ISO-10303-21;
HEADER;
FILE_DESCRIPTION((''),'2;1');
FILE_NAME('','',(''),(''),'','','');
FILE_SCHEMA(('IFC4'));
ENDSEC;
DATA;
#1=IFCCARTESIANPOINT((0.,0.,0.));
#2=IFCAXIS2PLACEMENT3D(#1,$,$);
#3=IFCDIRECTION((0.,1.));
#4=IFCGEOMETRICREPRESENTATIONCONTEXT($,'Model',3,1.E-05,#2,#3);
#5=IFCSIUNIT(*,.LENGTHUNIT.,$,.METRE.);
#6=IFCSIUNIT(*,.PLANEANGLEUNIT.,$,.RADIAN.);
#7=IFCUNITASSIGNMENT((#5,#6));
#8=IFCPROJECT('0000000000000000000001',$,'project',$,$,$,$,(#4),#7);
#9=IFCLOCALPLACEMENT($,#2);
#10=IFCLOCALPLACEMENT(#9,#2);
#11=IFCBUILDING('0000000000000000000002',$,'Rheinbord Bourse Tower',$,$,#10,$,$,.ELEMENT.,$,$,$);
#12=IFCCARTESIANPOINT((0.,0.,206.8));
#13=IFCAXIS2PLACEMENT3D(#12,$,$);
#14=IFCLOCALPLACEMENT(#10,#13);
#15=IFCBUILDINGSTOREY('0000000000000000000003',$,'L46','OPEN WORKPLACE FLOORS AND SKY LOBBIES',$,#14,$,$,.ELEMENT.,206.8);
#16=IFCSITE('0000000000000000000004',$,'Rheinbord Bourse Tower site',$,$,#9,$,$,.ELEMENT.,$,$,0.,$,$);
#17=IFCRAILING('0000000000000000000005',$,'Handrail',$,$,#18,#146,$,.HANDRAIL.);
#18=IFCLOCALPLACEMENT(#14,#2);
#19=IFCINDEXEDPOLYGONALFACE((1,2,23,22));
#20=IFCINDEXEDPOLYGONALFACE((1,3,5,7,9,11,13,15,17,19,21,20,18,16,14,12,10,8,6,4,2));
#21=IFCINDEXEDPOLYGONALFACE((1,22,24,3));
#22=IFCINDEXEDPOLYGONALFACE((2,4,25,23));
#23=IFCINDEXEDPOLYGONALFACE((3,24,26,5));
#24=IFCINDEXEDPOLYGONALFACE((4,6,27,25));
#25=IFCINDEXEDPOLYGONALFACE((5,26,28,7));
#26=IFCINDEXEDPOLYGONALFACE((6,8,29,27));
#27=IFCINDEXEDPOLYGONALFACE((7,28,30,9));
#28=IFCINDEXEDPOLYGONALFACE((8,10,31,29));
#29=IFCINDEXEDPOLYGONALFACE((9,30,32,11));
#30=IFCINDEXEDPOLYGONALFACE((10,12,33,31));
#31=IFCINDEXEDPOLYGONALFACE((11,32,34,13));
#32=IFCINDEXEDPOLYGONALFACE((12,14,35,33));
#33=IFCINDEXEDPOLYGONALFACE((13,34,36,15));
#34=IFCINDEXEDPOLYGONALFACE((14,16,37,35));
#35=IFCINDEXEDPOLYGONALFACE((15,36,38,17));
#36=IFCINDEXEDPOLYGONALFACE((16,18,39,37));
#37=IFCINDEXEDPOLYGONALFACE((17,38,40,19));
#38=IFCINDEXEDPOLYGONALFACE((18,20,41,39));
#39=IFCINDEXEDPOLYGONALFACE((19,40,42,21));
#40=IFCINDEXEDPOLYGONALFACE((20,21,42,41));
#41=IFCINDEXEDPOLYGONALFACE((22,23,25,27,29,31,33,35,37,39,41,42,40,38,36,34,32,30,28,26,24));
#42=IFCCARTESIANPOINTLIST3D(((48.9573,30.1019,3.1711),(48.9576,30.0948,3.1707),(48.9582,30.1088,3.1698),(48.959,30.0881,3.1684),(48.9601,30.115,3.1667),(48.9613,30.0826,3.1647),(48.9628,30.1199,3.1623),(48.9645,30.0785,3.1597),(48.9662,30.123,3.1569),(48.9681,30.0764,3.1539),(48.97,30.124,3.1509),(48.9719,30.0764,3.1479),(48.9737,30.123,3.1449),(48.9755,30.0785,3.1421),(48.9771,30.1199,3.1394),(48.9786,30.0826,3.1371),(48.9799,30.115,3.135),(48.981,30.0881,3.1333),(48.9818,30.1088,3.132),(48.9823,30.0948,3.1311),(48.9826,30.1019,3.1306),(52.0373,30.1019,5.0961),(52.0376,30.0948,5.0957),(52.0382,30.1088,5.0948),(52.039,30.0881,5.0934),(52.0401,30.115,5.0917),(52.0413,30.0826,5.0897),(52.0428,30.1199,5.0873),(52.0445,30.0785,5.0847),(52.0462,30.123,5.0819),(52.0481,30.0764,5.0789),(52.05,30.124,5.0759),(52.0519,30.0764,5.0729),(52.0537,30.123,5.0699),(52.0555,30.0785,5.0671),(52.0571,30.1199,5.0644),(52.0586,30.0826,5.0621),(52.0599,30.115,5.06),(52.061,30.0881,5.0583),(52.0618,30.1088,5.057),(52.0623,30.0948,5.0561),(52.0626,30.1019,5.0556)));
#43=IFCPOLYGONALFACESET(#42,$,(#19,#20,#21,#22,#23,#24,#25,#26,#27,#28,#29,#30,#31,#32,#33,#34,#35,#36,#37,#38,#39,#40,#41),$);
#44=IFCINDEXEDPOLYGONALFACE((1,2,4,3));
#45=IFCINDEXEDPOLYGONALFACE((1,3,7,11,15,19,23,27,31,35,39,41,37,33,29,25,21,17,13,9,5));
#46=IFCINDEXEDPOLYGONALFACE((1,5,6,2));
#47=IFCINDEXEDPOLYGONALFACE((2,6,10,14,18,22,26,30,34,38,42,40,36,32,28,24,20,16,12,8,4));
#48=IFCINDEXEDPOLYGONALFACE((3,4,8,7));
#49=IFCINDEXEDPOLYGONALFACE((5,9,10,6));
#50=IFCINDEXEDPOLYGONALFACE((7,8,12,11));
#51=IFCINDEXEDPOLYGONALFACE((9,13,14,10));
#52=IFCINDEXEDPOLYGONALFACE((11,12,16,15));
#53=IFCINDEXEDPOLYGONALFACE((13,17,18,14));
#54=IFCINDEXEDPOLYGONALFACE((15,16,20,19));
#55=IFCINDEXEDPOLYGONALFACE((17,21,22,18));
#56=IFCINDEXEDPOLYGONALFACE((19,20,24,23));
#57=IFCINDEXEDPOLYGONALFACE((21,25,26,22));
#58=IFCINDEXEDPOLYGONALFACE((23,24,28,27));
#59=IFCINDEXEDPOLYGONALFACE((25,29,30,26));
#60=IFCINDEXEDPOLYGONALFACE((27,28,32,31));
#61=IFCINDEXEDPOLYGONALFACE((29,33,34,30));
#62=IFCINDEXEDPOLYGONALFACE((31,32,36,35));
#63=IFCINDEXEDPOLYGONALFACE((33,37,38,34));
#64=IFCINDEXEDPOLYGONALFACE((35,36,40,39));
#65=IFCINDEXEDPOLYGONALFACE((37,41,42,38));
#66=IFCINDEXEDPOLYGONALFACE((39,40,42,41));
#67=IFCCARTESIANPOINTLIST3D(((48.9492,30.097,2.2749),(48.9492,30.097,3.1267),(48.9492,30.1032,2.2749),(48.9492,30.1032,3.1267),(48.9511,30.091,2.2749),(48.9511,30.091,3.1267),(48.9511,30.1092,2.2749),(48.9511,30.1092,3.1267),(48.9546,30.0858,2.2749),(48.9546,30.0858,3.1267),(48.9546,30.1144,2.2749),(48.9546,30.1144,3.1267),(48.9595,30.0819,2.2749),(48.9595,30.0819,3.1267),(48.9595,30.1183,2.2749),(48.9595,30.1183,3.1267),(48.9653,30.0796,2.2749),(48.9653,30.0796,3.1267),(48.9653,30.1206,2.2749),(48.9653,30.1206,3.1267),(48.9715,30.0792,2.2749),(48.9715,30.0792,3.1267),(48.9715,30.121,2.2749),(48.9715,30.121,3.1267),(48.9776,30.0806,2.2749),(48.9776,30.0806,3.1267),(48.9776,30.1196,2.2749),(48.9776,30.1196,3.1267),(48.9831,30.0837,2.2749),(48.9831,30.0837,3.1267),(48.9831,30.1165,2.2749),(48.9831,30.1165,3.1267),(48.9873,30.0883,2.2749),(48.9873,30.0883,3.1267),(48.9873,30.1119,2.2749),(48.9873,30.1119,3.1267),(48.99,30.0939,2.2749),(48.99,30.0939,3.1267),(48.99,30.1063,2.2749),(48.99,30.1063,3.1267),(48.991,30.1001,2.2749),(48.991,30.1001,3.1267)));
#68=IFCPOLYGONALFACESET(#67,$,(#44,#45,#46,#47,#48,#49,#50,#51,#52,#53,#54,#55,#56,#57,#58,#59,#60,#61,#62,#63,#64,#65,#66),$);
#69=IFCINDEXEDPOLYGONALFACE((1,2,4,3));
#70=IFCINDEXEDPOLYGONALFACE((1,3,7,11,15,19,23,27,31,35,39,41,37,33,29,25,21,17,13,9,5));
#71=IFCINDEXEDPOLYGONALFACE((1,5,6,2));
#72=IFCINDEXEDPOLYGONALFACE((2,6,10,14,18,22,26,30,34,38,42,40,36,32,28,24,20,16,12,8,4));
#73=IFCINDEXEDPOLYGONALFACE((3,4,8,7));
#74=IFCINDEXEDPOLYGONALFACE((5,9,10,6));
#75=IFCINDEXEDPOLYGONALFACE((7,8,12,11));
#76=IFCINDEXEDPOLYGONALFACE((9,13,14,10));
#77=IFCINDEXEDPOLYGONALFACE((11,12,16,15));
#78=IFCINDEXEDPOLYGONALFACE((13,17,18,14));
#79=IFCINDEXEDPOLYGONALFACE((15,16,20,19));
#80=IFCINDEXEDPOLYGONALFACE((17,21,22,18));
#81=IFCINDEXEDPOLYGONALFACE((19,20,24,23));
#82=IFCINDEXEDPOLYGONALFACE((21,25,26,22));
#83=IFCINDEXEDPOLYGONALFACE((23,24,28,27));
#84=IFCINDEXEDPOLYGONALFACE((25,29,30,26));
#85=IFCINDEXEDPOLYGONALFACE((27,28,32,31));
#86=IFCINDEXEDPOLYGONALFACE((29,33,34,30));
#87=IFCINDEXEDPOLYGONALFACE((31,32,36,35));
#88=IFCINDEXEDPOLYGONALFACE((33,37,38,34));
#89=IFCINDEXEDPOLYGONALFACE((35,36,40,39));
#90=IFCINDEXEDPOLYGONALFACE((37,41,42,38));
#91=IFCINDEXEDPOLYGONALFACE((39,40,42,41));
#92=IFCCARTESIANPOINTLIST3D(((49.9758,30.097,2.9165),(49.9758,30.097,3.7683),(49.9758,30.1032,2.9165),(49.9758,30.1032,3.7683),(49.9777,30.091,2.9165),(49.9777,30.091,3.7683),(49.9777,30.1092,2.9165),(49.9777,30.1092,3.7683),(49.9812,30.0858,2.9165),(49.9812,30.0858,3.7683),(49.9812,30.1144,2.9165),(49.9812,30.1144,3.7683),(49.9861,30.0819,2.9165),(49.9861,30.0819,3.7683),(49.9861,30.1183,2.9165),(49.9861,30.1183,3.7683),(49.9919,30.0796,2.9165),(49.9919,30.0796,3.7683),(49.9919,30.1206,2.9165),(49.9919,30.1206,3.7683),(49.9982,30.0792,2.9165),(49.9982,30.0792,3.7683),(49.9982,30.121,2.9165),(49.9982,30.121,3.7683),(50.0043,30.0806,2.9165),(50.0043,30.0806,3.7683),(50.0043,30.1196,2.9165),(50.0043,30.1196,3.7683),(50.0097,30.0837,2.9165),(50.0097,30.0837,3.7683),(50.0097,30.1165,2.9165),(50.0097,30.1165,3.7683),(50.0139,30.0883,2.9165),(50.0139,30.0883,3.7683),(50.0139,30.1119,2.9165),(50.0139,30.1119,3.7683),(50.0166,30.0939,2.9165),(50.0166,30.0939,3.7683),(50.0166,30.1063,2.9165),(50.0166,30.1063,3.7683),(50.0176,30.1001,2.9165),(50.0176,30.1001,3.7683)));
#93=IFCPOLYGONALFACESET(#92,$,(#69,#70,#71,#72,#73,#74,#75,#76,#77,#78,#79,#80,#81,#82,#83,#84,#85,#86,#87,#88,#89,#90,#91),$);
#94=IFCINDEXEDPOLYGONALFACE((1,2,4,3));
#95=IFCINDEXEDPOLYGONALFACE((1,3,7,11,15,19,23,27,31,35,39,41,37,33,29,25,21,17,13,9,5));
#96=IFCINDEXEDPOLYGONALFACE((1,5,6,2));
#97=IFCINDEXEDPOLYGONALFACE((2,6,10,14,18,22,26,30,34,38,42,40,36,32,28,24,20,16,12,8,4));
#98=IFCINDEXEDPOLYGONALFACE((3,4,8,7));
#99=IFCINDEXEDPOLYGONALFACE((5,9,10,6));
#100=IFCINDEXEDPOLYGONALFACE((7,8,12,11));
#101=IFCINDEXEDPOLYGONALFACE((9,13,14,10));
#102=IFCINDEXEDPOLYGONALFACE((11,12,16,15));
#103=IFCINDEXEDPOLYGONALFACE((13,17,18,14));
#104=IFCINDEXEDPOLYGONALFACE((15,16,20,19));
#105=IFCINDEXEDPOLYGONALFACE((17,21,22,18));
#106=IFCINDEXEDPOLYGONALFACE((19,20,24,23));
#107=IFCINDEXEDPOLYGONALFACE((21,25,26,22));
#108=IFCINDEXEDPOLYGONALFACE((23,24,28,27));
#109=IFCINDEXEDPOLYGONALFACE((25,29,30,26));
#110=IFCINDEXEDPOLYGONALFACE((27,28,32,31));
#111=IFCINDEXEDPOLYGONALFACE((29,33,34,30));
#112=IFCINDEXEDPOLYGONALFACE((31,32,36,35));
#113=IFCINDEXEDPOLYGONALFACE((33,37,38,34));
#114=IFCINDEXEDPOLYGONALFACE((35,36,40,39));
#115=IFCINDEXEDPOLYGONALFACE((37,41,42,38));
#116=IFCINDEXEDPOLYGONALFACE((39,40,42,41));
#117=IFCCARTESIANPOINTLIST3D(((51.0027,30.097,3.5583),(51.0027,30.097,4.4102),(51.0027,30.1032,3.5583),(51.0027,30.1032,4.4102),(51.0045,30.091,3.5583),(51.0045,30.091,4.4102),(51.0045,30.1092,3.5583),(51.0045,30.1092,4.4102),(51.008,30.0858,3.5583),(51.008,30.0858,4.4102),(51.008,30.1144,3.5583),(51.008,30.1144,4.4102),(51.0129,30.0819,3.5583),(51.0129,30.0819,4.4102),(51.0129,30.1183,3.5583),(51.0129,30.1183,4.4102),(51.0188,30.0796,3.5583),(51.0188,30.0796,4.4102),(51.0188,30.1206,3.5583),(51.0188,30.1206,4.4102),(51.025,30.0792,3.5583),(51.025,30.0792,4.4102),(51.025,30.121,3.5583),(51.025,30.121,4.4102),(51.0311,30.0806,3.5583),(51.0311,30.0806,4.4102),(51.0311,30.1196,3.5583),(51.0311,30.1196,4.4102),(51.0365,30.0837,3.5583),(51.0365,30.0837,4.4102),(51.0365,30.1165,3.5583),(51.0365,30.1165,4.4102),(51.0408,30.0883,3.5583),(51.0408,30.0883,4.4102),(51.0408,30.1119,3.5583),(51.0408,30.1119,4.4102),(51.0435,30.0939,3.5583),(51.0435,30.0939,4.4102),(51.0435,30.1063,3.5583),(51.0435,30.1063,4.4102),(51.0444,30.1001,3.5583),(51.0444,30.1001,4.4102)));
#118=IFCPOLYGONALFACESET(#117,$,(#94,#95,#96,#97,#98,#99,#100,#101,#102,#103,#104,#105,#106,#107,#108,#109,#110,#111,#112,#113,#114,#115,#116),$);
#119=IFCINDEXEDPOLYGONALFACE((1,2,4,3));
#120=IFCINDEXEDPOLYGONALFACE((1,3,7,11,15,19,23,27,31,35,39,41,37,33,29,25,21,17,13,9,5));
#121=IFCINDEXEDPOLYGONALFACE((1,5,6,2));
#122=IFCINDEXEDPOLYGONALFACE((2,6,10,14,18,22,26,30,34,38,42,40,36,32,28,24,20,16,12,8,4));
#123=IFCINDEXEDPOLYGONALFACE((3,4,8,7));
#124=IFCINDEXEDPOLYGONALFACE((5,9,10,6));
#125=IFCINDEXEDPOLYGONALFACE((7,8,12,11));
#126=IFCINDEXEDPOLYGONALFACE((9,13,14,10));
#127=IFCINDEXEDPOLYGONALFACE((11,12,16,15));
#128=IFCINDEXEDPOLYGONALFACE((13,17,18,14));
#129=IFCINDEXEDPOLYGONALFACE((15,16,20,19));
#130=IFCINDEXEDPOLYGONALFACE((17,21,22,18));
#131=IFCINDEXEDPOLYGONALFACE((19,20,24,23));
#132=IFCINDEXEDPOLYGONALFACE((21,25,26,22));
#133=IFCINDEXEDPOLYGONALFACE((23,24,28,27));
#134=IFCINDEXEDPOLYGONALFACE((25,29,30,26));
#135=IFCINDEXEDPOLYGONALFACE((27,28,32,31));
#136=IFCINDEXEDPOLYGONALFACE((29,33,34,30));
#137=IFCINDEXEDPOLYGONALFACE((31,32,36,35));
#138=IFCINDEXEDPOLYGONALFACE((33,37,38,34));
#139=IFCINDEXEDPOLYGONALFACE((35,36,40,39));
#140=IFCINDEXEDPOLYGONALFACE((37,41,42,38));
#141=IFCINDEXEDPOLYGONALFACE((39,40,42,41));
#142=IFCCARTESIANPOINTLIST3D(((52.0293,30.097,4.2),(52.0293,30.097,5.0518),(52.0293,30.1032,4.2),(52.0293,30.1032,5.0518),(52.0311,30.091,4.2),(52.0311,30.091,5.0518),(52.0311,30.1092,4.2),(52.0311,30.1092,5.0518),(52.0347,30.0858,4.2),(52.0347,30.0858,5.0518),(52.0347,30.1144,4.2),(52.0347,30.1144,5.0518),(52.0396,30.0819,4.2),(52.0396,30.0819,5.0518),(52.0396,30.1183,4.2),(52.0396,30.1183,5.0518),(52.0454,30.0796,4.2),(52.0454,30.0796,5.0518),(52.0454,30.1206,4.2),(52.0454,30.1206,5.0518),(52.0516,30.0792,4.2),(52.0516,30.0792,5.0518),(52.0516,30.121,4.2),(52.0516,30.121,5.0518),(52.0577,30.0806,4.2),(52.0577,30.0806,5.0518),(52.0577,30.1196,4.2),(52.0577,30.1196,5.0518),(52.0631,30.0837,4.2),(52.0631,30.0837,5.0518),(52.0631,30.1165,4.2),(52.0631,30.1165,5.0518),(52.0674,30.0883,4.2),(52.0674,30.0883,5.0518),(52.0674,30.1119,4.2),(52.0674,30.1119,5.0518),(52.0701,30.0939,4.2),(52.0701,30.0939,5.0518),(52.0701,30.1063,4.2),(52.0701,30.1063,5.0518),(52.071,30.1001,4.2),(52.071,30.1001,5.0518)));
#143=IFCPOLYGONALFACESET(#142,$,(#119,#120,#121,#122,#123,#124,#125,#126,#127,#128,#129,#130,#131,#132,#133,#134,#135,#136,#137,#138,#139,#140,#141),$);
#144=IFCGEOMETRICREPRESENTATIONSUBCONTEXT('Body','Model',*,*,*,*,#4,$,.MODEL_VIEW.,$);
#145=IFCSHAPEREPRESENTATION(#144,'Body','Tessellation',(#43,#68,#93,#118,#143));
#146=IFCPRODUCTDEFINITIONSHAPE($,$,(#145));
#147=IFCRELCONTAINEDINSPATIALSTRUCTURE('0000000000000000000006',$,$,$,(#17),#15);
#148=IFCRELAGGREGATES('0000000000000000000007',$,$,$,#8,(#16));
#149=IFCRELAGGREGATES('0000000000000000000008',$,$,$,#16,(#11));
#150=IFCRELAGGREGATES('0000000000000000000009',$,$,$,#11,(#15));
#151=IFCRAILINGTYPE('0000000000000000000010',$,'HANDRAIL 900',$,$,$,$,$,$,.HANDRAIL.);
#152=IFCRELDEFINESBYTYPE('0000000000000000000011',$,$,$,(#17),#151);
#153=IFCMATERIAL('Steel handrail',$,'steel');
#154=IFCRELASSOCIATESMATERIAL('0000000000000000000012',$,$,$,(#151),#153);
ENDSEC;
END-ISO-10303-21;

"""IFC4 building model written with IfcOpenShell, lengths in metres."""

from ifc_helpers import new_model, si_unit, direction, frame, origin, origin_2d, place, context, subcontext, project, spatial, circle, extrude, material, type_object, element, save


model = new_model("IFC4")

# Units and contexts
model_context = context("Model", 3, precision=1e-05, world=origin(), true_north=direction((0.0, 1.0)))
body_context = subcontext(model_context, "Body", "Model", "MODEL_VIEW")
ifc_project = project(units=[si_unit("LENGTHUNIT", "METRE"), si_unit("PLANEANGLEUNIT", "RADIAN")], contexts=[model_context])

# Site, building, storey
site_placement = place(None, origin())
site = spatial("IfcSite", under=ifc_project, at=site_placement, Name="Rheinbord Bourse Tower site", CompositionType="ELEMENT", RefElevation=0.0)
building_placement = place(site_placement, origin())
building = spatial("IfcBuilding", under=site, at=building_placement, Name="Rheinbord Bourse Tower", CompositionType="ELEMENT")
storey_placement = place(building_placement, frame((0.0, 0.0, 206.8)))
storey = spatial("IfcBuildingStorey", under=building, at=storey_placement, Name="L46", Description="OPEN WORKPLACE FLOORS AND SKY LOBBIES", CompositionType="ELEMENT", Elevation=206.8)

# Railing
ifc_material_1 = material(Name="Steel handrail", Category="steel")
railing_type = type_object("IfcRailingType", Name="HANDRAIL 900", PredefinedType="HANDRAIL", material=ifc_material_1)
railing_1_placement = place(storey_placement, frame((48.97, 30.1001, 2.2749)))
element("IfcRailing", 1, at=railing_1_placement, inside=storey, type_object=railing_type, Name="Handrail", PredefinedType="HANDRAIL", context=body_context, shape_type="SweptSolid", body=[
    extrude(circle(Radius=0.0239, at=origin_2d()), frame((0.0, 0.0, 0.876), z_axis=(0.847998, 0.0, 0.529999), x_axis=(0.0, 1.0, 0.0)), (0.0, 0.0, 1.0), 3.6321),
    extrude(circle(Radius=0.021, at=origin_2d()), origin(), (0.0, 0.0, 1.0), 0.8518),
    extrude(circle(Radius=0.021, at=origin_2d()), frame((1.0266, 0.0, 0.6416)), (0.0, 0.0, 1.0), 0.8518),
    extrude(circle(Radius=0.021, at=origin_2d()), frame((2.0535, 0.0, 1.2834)), (0.0, 0.0, 1.0), 0.8518),
    extrude(circle(Radius=0.021, at=origin_2d()), frame((3.0801, 0.0, 1.925)), (0.0, 0.0, 1.0), 0.8518),
])

save(model, "model.ifc")
